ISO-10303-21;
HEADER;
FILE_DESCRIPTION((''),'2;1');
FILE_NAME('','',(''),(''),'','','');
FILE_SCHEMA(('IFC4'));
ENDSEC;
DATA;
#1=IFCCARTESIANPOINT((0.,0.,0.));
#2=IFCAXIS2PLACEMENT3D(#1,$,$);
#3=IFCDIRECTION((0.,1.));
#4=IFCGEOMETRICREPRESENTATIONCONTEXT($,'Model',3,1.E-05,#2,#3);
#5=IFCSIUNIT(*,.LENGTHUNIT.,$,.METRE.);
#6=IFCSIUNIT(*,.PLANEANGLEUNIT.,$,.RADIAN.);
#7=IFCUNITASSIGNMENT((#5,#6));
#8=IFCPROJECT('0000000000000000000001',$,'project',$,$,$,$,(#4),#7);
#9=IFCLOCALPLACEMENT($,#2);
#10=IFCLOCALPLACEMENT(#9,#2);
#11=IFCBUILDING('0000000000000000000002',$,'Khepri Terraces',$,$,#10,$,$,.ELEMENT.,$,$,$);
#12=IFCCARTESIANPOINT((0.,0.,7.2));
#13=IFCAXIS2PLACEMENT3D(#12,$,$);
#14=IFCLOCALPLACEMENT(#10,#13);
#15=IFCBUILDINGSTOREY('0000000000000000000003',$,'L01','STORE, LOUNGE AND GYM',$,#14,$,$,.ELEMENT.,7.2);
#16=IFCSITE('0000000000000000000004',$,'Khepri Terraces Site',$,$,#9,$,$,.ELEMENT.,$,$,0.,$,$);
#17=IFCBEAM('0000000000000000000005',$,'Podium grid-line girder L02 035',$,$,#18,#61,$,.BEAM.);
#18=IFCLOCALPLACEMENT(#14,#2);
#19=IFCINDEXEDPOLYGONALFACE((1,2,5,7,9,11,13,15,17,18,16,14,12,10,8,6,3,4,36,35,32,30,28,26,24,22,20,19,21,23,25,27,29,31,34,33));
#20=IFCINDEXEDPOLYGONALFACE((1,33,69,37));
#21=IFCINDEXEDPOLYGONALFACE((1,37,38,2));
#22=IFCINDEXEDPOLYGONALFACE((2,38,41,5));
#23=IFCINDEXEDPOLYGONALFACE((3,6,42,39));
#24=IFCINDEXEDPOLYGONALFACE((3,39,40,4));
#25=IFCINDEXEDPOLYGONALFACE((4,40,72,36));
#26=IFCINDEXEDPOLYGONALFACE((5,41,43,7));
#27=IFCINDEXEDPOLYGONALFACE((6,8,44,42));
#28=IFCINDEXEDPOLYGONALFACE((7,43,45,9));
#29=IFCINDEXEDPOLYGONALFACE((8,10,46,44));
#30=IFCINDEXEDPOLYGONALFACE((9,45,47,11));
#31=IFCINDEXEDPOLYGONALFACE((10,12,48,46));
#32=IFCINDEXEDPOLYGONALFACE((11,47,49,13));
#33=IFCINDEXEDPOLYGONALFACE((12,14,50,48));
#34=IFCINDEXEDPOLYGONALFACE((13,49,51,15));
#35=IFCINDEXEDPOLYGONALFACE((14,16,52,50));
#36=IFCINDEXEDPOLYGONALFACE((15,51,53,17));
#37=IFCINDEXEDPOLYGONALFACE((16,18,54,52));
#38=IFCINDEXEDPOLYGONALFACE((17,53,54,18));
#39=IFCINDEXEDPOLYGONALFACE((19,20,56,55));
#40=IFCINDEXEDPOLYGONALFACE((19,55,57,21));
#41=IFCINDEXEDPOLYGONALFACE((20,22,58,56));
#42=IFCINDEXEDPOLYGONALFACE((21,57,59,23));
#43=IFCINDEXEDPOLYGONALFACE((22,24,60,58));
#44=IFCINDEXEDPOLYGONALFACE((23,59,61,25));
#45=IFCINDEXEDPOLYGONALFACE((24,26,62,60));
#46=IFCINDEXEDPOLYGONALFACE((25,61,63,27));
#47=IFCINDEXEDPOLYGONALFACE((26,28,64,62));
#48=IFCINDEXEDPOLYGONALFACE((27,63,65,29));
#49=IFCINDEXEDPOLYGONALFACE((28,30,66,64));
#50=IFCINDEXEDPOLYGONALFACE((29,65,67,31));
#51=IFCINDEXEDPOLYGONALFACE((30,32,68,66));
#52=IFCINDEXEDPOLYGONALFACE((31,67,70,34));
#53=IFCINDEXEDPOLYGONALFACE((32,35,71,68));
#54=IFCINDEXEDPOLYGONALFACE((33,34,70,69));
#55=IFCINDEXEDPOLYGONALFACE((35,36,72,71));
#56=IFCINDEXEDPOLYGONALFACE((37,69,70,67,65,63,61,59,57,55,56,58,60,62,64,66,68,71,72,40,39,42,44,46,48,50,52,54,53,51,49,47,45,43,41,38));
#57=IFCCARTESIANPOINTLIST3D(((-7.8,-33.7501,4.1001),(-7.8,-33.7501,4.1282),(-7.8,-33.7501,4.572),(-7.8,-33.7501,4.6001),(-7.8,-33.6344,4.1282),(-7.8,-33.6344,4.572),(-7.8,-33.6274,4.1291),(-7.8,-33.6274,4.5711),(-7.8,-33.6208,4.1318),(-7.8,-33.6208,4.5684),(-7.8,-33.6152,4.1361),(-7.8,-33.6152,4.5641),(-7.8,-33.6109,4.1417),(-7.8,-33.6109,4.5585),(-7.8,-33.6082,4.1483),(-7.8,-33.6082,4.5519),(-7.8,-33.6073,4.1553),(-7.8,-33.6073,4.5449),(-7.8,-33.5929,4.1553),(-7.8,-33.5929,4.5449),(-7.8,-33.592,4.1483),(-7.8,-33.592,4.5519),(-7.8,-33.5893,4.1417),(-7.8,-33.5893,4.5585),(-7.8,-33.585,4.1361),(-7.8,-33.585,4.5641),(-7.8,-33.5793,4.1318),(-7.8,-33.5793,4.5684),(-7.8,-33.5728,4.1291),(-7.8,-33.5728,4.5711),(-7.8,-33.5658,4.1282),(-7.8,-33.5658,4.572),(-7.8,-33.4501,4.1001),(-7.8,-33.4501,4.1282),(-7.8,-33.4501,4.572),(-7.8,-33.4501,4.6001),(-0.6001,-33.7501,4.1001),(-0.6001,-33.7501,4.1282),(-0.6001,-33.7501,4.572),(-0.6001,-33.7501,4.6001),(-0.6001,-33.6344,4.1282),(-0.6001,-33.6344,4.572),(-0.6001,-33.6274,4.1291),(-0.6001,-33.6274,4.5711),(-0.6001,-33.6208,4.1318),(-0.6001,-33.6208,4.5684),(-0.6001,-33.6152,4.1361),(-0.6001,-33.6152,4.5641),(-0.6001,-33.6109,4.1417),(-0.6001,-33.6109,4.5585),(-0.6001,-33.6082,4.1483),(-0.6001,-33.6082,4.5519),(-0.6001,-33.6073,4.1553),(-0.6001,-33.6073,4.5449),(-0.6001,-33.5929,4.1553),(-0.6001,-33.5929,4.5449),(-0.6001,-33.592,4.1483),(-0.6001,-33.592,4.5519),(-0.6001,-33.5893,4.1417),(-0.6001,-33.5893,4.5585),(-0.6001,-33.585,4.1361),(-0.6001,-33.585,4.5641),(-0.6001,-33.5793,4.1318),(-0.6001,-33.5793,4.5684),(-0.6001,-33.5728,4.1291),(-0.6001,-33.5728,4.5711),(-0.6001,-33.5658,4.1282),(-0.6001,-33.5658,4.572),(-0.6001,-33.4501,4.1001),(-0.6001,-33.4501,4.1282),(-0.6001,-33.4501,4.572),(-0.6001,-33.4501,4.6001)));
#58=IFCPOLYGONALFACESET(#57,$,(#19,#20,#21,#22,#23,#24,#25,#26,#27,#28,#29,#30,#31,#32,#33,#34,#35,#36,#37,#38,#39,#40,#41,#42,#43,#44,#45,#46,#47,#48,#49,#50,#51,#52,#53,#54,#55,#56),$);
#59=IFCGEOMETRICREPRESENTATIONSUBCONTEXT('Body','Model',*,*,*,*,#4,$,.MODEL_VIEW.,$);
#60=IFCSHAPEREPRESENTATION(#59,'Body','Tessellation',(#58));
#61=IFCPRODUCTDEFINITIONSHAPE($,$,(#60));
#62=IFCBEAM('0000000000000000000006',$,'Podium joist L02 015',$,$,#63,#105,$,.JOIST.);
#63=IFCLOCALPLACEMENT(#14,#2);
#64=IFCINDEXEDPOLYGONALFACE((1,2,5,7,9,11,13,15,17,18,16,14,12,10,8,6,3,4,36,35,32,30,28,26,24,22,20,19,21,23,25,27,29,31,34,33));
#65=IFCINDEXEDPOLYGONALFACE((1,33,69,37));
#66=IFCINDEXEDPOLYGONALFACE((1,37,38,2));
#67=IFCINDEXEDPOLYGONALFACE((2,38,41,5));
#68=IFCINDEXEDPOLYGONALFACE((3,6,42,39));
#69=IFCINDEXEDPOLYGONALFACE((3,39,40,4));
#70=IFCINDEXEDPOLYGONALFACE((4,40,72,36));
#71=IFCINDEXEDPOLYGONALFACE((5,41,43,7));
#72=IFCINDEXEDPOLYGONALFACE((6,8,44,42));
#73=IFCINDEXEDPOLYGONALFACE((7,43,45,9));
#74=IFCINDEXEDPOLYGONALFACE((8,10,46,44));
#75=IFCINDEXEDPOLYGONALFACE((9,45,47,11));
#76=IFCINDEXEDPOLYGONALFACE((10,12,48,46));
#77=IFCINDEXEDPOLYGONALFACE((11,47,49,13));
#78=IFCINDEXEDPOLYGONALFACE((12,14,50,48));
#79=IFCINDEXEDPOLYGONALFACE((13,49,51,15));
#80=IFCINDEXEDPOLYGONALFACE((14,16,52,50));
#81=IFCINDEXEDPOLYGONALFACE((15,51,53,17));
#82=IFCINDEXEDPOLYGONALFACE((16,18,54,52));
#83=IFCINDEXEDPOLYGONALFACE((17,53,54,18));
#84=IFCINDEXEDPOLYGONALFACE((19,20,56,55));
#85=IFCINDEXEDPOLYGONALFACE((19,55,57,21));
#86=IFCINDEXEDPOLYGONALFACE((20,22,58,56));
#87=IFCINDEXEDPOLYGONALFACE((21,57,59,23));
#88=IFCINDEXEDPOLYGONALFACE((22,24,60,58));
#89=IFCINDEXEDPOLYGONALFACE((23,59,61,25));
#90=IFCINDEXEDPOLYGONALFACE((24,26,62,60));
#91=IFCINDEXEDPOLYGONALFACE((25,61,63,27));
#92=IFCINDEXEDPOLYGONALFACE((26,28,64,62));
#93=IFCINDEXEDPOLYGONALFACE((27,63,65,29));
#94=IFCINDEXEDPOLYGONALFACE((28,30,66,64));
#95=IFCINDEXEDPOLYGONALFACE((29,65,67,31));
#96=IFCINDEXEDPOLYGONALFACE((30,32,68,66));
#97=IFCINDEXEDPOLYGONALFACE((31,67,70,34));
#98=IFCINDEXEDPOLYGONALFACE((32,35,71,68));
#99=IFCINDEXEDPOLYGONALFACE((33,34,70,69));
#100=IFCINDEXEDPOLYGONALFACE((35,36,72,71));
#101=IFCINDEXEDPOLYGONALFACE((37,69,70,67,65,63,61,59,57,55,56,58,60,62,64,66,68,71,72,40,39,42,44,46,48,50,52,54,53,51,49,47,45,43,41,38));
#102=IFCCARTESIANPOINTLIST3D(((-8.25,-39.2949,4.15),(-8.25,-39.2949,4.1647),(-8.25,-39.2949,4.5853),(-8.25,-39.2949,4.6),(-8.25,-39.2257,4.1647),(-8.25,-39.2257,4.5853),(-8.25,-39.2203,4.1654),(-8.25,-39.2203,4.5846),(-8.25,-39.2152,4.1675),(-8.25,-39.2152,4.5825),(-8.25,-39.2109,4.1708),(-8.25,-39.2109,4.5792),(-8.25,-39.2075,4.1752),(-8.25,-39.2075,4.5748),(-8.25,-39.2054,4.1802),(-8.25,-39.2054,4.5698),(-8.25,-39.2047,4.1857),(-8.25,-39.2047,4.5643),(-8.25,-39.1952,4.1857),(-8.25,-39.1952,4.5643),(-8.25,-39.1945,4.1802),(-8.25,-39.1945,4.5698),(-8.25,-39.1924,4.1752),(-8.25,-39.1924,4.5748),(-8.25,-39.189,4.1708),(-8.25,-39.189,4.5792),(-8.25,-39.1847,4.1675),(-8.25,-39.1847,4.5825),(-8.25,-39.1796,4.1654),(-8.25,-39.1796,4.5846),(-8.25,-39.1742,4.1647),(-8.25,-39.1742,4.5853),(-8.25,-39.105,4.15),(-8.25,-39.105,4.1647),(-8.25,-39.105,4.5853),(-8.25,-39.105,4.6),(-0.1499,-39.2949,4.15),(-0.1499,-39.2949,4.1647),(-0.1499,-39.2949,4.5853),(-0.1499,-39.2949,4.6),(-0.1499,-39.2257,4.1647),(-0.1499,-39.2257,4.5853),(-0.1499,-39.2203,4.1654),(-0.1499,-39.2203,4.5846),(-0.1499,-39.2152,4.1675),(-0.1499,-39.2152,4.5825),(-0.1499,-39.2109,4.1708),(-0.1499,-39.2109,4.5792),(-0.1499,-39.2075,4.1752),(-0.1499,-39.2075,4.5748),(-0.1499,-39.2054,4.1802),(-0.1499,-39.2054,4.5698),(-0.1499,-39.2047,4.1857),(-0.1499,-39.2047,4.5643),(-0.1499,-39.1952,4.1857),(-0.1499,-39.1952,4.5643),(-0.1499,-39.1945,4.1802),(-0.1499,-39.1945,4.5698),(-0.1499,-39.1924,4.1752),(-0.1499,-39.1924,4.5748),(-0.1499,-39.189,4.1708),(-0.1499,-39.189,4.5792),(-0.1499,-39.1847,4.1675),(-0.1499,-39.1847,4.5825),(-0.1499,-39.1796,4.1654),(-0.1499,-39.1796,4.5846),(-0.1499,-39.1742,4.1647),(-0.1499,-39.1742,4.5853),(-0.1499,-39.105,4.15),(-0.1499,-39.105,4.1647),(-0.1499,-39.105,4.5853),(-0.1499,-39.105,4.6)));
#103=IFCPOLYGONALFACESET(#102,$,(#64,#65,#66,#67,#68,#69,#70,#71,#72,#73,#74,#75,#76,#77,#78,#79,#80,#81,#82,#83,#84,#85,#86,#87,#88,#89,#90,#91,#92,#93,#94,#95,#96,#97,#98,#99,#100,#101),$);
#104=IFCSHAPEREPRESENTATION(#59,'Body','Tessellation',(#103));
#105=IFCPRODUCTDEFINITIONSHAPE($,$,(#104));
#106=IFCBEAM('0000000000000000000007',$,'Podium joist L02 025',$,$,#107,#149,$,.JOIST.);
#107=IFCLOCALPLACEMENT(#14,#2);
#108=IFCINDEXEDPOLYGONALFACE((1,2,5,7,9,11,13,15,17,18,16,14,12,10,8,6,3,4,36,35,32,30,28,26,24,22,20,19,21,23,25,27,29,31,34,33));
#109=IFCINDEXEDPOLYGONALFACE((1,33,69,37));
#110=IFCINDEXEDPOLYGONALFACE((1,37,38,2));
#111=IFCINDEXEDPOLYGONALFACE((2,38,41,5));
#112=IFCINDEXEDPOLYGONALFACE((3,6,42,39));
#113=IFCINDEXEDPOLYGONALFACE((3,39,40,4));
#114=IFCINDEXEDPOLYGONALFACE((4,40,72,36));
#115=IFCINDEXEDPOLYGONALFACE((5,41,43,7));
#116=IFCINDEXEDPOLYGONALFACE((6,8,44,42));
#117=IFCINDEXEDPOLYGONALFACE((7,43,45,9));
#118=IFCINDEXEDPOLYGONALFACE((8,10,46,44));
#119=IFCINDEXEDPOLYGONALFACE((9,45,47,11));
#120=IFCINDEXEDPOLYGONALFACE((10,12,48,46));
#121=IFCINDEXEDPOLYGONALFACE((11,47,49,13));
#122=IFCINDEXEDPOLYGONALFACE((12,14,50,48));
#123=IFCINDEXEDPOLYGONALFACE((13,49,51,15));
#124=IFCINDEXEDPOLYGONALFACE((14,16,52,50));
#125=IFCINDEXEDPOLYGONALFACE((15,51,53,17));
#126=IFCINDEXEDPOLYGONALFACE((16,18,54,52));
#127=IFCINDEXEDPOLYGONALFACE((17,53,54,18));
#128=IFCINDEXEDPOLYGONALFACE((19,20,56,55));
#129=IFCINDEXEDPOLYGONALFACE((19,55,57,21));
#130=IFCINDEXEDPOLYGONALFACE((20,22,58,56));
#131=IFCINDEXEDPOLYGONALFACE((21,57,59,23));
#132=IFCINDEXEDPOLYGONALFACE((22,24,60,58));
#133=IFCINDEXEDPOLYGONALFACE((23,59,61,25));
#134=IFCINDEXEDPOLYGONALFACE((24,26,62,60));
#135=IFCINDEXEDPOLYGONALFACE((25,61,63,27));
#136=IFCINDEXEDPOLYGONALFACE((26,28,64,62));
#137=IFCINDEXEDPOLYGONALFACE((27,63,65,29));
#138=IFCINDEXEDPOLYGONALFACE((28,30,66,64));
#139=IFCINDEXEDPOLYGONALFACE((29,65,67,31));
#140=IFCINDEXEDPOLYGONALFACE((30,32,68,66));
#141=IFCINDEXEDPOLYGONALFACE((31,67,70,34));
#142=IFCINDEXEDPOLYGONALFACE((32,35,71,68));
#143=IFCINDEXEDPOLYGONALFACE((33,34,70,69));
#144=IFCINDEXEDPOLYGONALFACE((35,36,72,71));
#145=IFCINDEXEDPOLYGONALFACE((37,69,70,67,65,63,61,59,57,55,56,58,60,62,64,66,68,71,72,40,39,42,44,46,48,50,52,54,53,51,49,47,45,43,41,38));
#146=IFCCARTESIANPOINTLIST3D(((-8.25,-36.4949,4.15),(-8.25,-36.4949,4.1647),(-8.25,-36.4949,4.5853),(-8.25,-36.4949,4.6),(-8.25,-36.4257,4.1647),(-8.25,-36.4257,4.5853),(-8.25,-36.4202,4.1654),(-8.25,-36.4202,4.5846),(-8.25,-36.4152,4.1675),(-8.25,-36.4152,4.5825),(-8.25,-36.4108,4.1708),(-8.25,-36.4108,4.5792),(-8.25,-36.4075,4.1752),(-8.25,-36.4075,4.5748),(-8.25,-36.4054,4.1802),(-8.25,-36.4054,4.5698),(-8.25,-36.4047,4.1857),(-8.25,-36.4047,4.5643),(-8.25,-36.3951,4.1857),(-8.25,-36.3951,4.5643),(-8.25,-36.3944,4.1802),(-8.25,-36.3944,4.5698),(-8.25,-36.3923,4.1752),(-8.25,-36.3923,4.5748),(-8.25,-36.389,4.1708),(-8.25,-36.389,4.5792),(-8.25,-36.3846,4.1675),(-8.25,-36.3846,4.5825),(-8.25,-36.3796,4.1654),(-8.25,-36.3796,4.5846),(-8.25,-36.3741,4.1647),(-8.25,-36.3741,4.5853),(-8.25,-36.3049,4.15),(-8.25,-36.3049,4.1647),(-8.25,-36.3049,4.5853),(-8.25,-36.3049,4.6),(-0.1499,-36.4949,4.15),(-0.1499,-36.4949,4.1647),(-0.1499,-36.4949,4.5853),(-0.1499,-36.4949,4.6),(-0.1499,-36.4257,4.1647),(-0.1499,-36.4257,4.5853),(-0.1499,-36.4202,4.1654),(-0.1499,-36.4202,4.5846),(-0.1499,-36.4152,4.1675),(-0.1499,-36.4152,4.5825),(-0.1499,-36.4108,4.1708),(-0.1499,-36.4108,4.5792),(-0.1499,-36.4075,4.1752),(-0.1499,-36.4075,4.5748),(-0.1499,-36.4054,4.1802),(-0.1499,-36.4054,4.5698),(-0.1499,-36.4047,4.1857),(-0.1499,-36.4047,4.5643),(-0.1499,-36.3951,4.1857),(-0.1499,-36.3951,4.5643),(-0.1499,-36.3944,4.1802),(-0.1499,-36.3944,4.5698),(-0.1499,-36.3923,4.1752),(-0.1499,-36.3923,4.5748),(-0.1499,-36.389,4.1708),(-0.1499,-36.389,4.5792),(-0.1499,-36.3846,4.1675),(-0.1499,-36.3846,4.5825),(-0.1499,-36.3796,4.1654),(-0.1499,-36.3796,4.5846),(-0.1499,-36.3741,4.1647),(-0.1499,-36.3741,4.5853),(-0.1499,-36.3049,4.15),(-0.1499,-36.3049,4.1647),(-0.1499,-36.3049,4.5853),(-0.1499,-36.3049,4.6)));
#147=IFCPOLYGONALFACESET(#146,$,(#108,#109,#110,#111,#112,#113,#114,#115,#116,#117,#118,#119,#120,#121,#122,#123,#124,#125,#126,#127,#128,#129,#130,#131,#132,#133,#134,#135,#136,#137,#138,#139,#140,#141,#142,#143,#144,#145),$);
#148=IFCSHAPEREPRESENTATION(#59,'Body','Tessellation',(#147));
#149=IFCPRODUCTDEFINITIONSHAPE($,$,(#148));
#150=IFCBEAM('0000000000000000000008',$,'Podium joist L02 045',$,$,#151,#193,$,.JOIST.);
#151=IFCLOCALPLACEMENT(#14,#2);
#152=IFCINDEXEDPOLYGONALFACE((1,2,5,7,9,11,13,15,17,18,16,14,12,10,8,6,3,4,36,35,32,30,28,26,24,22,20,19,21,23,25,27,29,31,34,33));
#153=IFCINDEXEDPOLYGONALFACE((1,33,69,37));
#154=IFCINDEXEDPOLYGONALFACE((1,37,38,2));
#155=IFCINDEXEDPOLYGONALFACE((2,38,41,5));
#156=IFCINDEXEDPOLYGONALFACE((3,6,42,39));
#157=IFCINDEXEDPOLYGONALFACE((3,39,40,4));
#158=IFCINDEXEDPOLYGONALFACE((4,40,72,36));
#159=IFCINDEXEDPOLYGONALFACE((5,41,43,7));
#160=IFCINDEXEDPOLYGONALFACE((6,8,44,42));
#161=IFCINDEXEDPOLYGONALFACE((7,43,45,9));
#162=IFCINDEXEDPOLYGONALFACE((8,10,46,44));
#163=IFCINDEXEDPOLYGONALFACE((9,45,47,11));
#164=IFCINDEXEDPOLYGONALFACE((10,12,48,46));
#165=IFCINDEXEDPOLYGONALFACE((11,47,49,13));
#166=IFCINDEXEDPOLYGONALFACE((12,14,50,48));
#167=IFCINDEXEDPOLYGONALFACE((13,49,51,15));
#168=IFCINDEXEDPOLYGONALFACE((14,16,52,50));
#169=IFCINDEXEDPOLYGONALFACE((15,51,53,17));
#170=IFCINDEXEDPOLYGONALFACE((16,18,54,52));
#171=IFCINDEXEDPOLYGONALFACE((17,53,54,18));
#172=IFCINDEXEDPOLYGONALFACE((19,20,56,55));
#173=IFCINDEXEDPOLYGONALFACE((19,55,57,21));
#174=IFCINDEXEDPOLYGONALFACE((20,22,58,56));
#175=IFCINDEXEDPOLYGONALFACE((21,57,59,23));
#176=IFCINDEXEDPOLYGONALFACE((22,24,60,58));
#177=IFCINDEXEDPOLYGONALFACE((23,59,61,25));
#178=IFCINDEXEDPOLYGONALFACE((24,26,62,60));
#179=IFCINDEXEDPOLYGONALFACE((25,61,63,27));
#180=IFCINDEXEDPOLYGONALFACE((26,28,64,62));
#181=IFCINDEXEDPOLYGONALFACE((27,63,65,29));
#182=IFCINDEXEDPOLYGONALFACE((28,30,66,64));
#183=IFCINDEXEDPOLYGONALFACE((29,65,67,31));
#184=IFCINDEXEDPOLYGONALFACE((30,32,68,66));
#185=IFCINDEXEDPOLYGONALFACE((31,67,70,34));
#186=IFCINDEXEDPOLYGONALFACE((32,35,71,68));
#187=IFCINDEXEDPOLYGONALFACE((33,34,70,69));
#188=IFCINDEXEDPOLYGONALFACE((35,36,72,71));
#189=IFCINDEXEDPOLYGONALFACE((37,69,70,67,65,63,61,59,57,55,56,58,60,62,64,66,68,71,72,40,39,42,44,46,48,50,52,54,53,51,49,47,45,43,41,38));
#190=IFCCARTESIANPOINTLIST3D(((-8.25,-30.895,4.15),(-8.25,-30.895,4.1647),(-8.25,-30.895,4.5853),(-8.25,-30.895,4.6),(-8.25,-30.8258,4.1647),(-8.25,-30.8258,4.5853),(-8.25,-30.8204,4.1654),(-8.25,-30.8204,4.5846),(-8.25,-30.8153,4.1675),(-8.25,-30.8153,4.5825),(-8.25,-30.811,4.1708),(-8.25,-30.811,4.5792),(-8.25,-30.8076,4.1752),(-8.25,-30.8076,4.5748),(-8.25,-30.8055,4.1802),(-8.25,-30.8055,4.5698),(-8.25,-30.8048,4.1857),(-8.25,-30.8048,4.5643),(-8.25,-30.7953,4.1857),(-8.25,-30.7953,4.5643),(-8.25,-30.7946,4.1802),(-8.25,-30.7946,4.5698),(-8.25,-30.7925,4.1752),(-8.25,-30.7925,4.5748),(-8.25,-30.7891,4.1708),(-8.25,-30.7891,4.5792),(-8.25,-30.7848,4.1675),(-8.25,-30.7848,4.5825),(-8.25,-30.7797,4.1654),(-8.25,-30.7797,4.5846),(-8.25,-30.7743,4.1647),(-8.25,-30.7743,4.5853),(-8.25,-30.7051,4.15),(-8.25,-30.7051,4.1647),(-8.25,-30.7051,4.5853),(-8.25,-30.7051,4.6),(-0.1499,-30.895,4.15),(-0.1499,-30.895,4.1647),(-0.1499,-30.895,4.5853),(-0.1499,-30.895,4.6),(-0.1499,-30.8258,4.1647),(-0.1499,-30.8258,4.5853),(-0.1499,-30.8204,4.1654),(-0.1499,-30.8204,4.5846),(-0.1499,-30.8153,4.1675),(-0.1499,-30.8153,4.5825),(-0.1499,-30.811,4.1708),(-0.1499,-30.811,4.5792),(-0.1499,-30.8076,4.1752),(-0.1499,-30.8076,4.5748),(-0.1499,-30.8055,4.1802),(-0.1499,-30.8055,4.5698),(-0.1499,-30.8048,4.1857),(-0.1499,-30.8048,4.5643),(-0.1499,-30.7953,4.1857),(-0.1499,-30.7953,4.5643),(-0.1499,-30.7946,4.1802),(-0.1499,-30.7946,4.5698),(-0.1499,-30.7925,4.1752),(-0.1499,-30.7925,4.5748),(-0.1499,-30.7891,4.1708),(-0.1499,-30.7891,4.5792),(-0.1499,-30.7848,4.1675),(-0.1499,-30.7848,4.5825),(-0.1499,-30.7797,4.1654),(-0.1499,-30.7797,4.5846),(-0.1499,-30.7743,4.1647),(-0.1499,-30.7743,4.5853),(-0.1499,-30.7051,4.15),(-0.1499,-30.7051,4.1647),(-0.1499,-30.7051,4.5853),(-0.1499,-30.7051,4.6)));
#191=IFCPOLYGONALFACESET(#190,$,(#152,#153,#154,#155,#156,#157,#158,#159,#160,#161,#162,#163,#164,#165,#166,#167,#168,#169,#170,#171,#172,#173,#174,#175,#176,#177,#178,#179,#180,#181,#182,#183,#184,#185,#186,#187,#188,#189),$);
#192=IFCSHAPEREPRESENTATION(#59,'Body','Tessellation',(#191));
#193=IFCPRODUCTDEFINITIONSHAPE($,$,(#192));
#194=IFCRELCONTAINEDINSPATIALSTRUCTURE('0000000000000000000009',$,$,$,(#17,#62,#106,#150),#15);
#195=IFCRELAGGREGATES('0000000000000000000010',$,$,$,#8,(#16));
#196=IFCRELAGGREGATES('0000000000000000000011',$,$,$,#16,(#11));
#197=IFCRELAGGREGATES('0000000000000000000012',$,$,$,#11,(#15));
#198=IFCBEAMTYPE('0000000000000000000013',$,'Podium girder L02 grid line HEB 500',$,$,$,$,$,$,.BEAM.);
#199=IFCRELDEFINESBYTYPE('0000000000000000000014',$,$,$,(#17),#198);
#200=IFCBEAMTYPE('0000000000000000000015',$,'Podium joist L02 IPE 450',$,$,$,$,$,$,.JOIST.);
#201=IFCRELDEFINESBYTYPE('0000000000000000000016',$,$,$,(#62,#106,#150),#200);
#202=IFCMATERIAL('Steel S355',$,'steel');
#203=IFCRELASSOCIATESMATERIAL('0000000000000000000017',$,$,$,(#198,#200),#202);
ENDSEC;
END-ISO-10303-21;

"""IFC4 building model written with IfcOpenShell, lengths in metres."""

from ifc_helpers import new_model, si_unit, direction, frame, origin, origin_2d, place, context, subcontext, project, spatial, i_section, extrude, material, material_profile, profile_set, type_object, element, save


model = new_model("IFC4")

# Units and contexts
model_context = context("Model", 3, precision=1e-05, world=origin(), true_north=direction((0.0, 1.0)))
body_context = subcontext(model_context, "Body", "Model", "MODEL_VIEW")
ifc_project = project(units=[si_unit("LENGTHUNIT", "METRE"), si_unit("PLANEANGLEUNIT", "RADIAN")], contexts=[model_context])

# Site, building, storey
site_placement = place(None, origin())
site = spatial("IfcSite", under=ifc_project, at=site_placement, Name="Khepri Terraces Site", CompositionType="ELEMENT", RefElevation=0.0)
building_placement = place(site_placement, origin())
building = spatial("IfcBuilding", under=site, at=building_placement, Name="Khepri Terraces", CompositionType="ELEMENT")
storey_placement = place(building_placement, frame((0.0, 0.0, 7.2)))
storey = spatial("IfcBuildingStorey", under=building, at=storey_placement, Name="L01", Description="STORE, LOUNGE AND GYM", CompositionType="ELEMENT", Elevation=7.2)

# Beams
ifc_material_1 = material(Name="Steel S355", Category="steel")
ifc_material_profile_1 = material_profile(ifc_material_1, i_section(OverallWidth=0.3, OverallDepth=0.5, WebThickness=0.0144, FlangeThickness=0.0281, FilletRadius=0.0271, at=origin_2d()), Name="Steel S355", Category="steel")
ifc_profile_set_1 = profile_set([ifc_material_profile_1], Name="Steel S355")
beam_type_1 = type_object("IfcBeamType", Name="Podium girder L02 grid line HEB 500", PredefinedType="BEAM", material=ifc_profile_set_1)
for number, where, z_axis, x_axis, name in (
    (1, (-7.8, -33.6001, 4.3501), (1.0, 0.0, 0.0), (0.0, 1.0, 0.0), "Podium grid-line girder L02 035"),
):
    element("IfcBeam", number, at=place(storey_placement, frame(where, z_axis=z_axis, x_axis=x_axis)), inside=storey, type_object=beam_type_1, Name=name, PredefinedType="BEAM", context=body_context, shape_type="SweptSolid", body=[
        extrude(i_section(OverallWidth=0.3, OverallDepth=0.5, WebThickness=0.0144, FlangeThickness=0.0281, FilletRadius=0.0271, at=origin_2d()), origin(), (0.0, 0.0, 1.0), 7.2),
    ])
ifc_material_profile_2 = material_profile(ifc_material_1, i_section(OverallWidth=0.1899, OverallDepth=0.45, WebThickness=0.0095, FlangeThickness=0.0146, FilletRadius=0.021, at=origin_2d()), Name="Steel S355", Category="steel")
ifc_profile_set_2 = profile_set([ifc_material_profile_2], Name="Steel S355")
beam_type_2 = type_object("IfcBeamType", Name="Podium joist L02 IPE 450", PredefinedType="JOIST", material=ifc_profile_set_2)
for number, where, z_axis, x_axis, name in (
    (2, (-8.25, -39.2, 4.375), (1.0, 0.0, 0.0), (0.0, 1.0, 0.0), "Podium joist L02 015"),
    (3, (-8.25, -36.3999, 4.375), (1.0, 0.0, 0.0), (0.0, 1.0, 0.0), "Podium joist L02 025"),
    (4, (-8.25, -30.8, 4.375), (1.0, 0.0, 0.0), (0.0, 1.0, 0.0), "Podium joist L02 045"),
):
    element("IfcBeam", number, at=place(storey_placement, frame(where, z_axis=z_axis, x_axis=x_axis)), inside=storey, type_object=beam_type_2, Name=name, PredefinedType="JOIST", context=body_context, shape_type="SweptSolid", body=[
        extrude(i_section(OverallWidth=0.1899, OverallDepth=0.45, WebThickness=0.0095, FlangeThickness=0.0146, FilletRadius=0.021, at=origin_2d()), origin(), (0.0, 0.0, 1.0), 8.1001),
    ])

save(model, "model.ifc")
